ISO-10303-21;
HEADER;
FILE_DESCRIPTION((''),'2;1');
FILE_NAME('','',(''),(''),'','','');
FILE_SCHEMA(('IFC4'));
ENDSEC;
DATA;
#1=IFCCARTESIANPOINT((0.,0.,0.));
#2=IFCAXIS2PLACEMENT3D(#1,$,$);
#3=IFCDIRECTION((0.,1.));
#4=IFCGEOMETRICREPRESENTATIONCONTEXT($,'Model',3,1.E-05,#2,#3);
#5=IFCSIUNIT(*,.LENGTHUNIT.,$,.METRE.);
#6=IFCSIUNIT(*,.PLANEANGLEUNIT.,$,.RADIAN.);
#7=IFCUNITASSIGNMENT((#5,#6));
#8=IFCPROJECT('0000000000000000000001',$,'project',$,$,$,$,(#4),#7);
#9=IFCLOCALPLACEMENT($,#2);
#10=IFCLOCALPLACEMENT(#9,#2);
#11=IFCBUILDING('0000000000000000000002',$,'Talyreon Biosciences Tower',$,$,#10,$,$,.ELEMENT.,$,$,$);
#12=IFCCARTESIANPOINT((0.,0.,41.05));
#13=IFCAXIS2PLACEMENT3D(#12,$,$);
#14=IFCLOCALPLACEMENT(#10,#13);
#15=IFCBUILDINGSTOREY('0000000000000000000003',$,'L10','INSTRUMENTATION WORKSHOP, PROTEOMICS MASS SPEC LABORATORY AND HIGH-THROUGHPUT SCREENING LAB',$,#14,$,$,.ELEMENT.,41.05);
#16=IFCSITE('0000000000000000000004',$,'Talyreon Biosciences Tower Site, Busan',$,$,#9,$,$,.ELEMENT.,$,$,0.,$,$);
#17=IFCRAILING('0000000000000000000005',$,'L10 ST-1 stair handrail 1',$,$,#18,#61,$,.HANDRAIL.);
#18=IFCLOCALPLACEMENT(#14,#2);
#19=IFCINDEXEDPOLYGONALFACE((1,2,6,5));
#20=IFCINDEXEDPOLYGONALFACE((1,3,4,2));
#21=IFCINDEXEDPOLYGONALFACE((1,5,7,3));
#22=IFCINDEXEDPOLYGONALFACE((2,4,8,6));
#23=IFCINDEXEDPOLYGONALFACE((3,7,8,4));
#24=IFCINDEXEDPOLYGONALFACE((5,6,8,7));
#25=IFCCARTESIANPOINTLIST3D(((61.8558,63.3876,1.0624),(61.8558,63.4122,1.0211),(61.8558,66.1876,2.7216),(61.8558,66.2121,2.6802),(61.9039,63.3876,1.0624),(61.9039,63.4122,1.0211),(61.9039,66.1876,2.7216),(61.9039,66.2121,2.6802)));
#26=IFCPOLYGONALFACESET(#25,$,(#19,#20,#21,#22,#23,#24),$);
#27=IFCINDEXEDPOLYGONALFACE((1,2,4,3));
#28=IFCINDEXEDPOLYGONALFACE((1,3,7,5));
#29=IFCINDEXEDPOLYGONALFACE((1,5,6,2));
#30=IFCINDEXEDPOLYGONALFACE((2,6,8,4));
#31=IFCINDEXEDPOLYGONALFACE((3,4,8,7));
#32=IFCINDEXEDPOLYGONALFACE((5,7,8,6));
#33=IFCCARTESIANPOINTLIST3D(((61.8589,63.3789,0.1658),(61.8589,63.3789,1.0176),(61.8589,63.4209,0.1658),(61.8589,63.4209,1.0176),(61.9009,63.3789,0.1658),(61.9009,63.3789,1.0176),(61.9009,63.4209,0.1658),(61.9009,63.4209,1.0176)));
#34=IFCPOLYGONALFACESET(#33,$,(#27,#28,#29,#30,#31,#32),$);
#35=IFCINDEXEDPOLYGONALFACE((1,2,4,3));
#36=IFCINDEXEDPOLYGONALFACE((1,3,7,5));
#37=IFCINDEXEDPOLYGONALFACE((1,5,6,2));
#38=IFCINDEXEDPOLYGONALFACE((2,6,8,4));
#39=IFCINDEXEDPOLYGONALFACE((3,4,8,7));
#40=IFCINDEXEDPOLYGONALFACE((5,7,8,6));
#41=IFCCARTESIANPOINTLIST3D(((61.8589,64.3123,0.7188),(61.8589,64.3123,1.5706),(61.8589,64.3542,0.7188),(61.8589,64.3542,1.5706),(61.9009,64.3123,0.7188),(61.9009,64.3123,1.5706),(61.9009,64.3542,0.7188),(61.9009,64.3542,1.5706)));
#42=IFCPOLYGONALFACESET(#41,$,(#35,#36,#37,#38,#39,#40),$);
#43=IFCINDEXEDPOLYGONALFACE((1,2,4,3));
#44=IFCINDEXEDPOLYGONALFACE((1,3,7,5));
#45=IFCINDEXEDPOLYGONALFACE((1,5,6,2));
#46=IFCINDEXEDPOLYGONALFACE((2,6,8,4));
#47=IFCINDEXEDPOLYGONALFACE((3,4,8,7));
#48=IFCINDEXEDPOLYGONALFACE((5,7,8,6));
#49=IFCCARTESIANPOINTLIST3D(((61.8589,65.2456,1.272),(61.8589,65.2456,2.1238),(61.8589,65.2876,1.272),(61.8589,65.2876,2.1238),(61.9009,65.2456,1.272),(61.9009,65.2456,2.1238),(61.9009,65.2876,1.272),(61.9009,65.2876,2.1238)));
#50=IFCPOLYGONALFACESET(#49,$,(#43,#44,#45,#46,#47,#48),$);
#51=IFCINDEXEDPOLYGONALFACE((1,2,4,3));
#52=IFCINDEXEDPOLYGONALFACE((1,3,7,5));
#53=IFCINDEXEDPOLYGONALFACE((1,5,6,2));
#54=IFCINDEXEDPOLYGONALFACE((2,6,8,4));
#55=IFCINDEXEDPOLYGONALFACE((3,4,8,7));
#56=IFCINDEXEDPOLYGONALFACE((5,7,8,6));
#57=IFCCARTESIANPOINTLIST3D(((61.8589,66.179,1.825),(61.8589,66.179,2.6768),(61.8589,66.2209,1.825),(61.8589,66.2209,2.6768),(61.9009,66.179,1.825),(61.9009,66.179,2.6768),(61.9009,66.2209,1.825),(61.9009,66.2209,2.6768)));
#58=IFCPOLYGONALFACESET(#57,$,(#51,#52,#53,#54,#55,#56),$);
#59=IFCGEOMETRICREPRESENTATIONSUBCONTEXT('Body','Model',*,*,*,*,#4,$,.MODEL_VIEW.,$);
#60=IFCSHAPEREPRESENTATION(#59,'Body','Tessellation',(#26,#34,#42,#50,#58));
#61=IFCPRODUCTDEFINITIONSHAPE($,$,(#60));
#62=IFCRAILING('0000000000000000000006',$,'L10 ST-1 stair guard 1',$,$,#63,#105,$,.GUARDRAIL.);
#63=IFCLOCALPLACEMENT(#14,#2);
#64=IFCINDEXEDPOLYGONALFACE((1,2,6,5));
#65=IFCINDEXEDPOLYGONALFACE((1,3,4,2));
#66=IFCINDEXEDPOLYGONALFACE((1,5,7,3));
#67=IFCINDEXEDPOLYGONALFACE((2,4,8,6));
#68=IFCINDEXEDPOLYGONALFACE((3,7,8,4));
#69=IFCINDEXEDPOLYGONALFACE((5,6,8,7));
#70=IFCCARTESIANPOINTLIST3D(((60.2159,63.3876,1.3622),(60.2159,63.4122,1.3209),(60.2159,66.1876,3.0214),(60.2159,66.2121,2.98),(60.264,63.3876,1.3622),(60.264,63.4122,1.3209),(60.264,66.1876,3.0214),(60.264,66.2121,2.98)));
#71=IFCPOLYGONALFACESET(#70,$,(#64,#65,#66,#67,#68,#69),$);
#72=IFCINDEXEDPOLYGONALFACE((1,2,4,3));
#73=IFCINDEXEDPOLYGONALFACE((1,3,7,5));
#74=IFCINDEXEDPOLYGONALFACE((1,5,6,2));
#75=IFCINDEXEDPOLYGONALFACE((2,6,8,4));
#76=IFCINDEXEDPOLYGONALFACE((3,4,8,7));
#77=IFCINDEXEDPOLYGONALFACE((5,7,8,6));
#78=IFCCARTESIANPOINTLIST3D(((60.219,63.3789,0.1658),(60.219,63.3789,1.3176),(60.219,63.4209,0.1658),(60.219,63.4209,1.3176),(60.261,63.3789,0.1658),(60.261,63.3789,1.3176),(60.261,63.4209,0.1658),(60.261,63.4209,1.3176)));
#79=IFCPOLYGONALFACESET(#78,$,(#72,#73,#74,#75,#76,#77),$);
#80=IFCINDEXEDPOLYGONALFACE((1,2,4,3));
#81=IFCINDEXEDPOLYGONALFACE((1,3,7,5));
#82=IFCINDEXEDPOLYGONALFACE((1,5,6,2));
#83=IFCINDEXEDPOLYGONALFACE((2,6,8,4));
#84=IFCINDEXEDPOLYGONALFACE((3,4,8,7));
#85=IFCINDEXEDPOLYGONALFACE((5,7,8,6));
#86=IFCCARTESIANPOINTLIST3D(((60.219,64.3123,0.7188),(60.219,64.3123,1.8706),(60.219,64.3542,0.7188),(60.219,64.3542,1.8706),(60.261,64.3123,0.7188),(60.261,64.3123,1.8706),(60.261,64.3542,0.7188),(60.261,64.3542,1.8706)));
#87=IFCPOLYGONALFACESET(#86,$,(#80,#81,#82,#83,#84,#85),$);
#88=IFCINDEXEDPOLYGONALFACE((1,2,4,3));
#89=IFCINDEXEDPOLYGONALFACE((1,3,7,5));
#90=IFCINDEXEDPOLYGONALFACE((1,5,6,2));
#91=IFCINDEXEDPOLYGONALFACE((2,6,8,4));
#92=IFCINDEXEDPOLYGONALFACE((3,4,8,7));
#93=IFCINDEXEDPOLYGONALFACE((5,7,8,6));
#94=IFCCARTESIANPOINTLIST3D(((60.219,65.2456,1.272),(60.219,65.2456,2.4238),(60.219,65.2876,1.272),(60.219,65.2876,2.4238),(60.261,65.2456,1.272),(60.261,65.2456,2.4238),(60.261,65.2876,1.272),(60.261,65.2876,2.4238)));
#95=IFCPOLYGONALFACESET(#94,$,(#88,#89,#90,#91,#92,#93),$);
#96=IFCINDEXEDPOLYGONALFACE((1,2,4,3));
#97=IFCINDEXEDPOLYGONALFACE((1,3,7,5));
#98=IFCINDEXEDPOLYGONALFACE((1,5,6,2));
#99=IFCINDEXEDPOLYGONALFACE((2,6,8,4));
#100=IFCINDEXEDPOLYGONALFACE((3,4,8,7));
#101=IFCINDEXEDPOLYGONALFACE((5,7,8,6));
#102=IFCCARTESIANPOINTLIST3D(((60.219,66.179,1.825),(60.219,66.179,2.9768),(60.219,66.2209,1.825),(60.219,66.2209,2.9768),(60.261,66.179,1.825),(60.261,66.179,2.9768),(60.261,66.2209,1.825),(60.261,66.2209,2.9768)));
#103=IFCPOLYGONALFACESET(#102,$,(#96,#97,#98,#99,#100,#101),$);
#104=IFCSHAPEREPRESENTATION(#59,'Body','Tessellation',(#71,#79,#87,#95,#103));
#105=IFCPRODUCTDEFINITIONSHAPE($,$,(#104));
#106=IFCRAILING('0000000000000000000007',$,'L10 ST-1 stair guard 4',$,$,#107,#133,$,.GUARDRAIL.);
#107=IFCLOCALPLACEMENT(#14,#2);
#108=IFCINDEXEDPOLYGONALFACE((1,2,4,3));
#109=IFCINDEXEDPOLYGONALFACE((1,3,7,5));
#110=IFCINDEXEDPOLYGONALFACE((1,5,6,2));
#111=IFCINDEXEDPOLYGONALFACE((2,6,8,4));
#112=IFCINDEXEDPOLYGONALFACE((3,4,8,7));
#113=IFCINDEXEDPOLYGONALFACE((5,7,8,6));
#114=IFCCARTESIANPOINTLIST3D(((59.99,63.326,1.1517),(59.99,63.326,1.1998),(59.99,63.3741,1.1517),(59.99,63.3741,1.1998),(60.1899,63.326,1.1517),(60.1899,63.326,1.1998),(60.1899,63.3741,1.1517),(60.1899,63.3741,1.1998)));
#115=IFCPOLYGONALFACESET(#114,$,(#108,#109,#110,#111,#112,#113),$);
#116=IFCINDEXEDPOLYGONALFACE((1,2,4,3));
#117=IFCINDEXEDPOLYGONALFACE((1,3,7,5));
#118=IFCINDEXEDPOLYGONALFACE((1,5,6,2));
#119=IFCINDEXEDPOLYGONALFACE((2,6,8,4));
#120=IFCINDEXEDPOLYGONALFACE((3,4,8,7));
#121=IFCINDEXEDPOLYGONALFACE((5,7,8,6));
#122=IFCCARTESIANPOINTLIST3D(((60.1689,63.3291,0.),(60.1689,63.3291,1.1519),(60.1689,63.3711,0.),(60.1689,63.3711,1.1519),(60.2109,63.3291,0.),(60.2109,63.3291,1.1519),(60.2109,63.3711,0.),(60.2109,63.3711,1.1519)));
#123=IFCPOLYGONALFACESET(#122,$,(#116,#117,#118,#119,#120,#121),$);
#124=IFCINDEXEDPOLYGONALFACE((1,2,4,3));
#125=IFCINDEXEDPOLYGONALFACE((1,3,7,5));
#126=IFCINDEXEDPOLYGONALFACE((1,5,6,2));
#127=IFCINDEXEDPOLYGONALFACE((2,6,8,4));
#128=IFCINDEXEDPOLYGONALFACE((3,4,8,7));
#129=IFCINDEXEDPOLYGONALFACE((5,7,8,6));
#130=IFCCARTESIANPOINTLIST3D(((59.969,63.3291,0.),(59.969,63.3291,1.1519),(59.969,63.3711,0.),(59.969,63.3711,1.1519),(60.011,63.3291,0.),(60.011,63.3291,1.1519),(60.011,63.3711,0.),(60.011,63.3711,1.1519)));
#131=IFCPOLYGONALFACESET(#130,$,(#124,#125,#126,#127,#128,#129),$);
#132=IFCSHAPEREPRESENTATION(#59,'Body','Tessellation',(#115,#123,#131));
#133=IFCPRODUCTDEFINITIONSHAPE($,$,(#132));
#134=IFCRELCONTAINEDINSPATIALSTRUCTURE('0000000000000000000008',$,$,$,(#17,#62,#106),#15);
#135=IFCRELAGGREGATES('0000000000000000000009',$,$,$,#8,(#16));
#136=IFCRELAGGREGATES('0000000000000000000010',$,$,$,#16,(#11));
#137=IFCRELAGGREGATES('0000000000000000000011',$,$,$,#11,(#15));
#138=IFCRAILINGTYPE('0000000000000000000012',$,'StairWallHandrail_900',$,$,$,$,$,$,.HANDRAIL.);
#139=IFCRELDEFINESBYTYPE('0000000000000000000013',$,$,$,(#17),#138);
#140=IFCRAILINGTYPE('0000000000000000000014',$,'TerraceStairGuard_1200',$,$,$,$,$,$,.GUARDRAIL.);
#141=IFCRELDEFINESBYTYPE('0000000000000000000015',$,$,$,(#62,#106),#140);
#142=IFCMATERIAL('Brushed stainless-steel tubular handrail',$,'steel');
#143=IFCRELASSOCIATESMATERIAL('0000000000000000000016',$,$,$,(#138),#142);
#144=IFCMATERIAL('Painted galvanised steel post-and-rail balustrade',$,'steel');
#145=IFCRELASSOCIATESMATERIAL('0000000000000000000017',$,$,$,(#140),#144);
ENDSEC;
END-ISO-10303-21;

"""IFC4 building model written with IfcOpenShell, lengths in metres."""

from ifc_helpers import new_model, si_unit, direction, frame, origin, origin_2d, place, context, subcontext, project, spatial, rectangle, extrude, material, type_object, element, save


model = new_model("IFC4")

# Units and contexts
model_context = context("Model", 3, precision=1e-05, world=origin(), true_north=direction((0.0, 1.0)))
body_context = subcontext(model_context, "Body", "Model", "MODEL_VIEW")
ifc_project = project(units=[si_unit("LENGTHUNIT", "METRE"), si_unit("PLANEANGLEUNIT", "RADIAN")], contexts=[model_context])

# Site, building, storey
site_placement = place(None, origin())
site = spatial("IfcSite", under=ifc_project, at=site_placement, Name="Talyreon Biosciences Tower Site, Busan", CompositionType="ELEMENT", RefElevation=0.0)
building_placement = place(site_placement, origin())
building = spatial("IfcBuilding", under=site, at=building_placement, Name="Talyreon Biosciences Tower", CompositionType="ELEMENT")
storey_placement = place(building_placement, frame((0.0, 0.0, 41.05)))
storey = spatial("IfcBuildingStorey", under=building, at=storey_placement, Name="L10", Description="INSTRUMENTATION WORKSHOP, PROTEOMICS MASS SPEC LABORATORY AND HIGH-THROUGHPUT SCREENING LAB", CompositionType="ELEMENT", Elevation=41.05)

# Railings
ifc_material_1 = material(Name="Brushed stainless-steel tubular handrail", Category="steel")
railing_type_1 = type_object("IfcRailingType", Name="StairWallHandrail_900", PredefinedType="HANDRAIL", material=ifc_material_1)
railing_1_placement = place(storey_placement, frame((61.8799, 63.3999, 0.1658)))
element("IfcRailing", 1, at=railing_1_placement, inside=storey, type_object=railing_type_1, Name="L10 ST-1 stair handrail 1", PredefinedType="HANDRAIL", context=body_context, shape_type="SweptSolid", body=[
    extrude(rectangle(XDim=0.0481, YDim=0.0481, at=origin_2d()), frame((0.0, 0.0, 0.876), z_axis=(0.0, 0.860306, 0.509778), x_axis=(-1.0, 0.0, 0.0)), (0.0, 0.0, 1.0), 3.2546),
    extrude(rectangle(XDim=0.042, YDim=0.042, at=origin_2d()), origin(), (0.0, 0.0, 1.0), 0.8518),
    extrude(rectangle(XDim=0.042, YDim=0.042, at=origin_2d()), frame((0.0, 0.9333, 0.553)), (0.0, 0.0, 1.0), 0.8518),
    extrude(rectangle(XDim=0.042, YDim=0.042, at=origin_2d()), frame((0.0, 1.8667, 1.1062)), (0.0, 0.0, 1.0), 0.8518),
    extrude(rectangle(XDim=0.042, YDim=0.042, at=origin_2d()), frame((0.0, 2.8, 1.6592)), (0.0, 0.0, 1.0), 0.8518),
])
ifc_material_2 = material(Name="Painted galvanised steel post-and-rail balustrade", Category="steel")
railing_type_2 = type_object("IfcRailingType", Name="TerraceStairGuard_1200", PredefinedType="GUARDRAIL", material=ifc_material_2)
railing_2_placement = place(storey_placement, frame((60.24, 63.3999, 0.1658)))
element("IfcRailing", 2, at=railing_2_placement, inside=storey, type_object=railing_type_2, Name="L10 ST-1 stair guard 1", PredefinedType="GUARDRAIL", context=body_context, shape_type="SweptSolid", body=[
    extrude(rectangle(XDim=0.0481, YDim=0.0481, at=origin_2d()), frame((0.0, 0.0, 1.1758), z_axis=(0.0, 0.860306, 0.509778), x_axis=(-1.0, 0.0, 0.0)), (0.0, 0.0, 1.0), 3.2546),
    extrude(rectangle(XDim=0.042, YDim=0.042, at=origin_2d()), origin(), (0.0, 0.0, 1.0), 1.1519),
    extrude(rectangle(XDim=0.042, YDim=0.042, at=origin_2d()), frame((0.0, 0.9333, 0.553)), (0.0, 0.0, 1.0), 1.1519),
    extrude(rectangle(XDim=0.042, YDim=0.042, at=origin_2d()), frame((0.0, 1.8667, 1.1062)), (0.0, 0.0, 1.0), 1.1519),
    extrude(rectangle(XDim=0.042, YDim=0.042, at=origin_2d()), frame((0.0, 2.8, 1.6592)), (0.0, 0.0, 1.0), 1.1519),
])
railing_3_placement = place(storey_placement, frame((60.1899, 63.3501, 0.0)))
element("IfcRailing", 3, at=railing_3_placement, inside=storey, type_object=railing_type_2, Name="L10 ST-1 stair guard 4", PredefinedType="GUARDRAIL", context=body_context, shape_type="SweptSolid", body=[
    extrude(rectangle(XDim=0.0481, YDim=0.0481, at=origin_2d()), frame((0.0, 0.0, 1.1758), z_axis=(-1.0, 0.0, 0.0), x_axis=(0.0, -1.0, 0.0)), (0.0, 0.0, 1.0), 0.2),
    extrude(rectangle(XDim=0.042, YDim=0.042, at=origin_2d()), origin(), (0.0, 0.0, 1.0), 1.1519),
    extrude(rectangle(XDim=0.042, YDim=0.042, at=origin_2d()), frame((-0.2, 0.0, 0.0)), (0.0, 0.0, 1.0), 1.1519),
])

save(model, "model.ifc")
